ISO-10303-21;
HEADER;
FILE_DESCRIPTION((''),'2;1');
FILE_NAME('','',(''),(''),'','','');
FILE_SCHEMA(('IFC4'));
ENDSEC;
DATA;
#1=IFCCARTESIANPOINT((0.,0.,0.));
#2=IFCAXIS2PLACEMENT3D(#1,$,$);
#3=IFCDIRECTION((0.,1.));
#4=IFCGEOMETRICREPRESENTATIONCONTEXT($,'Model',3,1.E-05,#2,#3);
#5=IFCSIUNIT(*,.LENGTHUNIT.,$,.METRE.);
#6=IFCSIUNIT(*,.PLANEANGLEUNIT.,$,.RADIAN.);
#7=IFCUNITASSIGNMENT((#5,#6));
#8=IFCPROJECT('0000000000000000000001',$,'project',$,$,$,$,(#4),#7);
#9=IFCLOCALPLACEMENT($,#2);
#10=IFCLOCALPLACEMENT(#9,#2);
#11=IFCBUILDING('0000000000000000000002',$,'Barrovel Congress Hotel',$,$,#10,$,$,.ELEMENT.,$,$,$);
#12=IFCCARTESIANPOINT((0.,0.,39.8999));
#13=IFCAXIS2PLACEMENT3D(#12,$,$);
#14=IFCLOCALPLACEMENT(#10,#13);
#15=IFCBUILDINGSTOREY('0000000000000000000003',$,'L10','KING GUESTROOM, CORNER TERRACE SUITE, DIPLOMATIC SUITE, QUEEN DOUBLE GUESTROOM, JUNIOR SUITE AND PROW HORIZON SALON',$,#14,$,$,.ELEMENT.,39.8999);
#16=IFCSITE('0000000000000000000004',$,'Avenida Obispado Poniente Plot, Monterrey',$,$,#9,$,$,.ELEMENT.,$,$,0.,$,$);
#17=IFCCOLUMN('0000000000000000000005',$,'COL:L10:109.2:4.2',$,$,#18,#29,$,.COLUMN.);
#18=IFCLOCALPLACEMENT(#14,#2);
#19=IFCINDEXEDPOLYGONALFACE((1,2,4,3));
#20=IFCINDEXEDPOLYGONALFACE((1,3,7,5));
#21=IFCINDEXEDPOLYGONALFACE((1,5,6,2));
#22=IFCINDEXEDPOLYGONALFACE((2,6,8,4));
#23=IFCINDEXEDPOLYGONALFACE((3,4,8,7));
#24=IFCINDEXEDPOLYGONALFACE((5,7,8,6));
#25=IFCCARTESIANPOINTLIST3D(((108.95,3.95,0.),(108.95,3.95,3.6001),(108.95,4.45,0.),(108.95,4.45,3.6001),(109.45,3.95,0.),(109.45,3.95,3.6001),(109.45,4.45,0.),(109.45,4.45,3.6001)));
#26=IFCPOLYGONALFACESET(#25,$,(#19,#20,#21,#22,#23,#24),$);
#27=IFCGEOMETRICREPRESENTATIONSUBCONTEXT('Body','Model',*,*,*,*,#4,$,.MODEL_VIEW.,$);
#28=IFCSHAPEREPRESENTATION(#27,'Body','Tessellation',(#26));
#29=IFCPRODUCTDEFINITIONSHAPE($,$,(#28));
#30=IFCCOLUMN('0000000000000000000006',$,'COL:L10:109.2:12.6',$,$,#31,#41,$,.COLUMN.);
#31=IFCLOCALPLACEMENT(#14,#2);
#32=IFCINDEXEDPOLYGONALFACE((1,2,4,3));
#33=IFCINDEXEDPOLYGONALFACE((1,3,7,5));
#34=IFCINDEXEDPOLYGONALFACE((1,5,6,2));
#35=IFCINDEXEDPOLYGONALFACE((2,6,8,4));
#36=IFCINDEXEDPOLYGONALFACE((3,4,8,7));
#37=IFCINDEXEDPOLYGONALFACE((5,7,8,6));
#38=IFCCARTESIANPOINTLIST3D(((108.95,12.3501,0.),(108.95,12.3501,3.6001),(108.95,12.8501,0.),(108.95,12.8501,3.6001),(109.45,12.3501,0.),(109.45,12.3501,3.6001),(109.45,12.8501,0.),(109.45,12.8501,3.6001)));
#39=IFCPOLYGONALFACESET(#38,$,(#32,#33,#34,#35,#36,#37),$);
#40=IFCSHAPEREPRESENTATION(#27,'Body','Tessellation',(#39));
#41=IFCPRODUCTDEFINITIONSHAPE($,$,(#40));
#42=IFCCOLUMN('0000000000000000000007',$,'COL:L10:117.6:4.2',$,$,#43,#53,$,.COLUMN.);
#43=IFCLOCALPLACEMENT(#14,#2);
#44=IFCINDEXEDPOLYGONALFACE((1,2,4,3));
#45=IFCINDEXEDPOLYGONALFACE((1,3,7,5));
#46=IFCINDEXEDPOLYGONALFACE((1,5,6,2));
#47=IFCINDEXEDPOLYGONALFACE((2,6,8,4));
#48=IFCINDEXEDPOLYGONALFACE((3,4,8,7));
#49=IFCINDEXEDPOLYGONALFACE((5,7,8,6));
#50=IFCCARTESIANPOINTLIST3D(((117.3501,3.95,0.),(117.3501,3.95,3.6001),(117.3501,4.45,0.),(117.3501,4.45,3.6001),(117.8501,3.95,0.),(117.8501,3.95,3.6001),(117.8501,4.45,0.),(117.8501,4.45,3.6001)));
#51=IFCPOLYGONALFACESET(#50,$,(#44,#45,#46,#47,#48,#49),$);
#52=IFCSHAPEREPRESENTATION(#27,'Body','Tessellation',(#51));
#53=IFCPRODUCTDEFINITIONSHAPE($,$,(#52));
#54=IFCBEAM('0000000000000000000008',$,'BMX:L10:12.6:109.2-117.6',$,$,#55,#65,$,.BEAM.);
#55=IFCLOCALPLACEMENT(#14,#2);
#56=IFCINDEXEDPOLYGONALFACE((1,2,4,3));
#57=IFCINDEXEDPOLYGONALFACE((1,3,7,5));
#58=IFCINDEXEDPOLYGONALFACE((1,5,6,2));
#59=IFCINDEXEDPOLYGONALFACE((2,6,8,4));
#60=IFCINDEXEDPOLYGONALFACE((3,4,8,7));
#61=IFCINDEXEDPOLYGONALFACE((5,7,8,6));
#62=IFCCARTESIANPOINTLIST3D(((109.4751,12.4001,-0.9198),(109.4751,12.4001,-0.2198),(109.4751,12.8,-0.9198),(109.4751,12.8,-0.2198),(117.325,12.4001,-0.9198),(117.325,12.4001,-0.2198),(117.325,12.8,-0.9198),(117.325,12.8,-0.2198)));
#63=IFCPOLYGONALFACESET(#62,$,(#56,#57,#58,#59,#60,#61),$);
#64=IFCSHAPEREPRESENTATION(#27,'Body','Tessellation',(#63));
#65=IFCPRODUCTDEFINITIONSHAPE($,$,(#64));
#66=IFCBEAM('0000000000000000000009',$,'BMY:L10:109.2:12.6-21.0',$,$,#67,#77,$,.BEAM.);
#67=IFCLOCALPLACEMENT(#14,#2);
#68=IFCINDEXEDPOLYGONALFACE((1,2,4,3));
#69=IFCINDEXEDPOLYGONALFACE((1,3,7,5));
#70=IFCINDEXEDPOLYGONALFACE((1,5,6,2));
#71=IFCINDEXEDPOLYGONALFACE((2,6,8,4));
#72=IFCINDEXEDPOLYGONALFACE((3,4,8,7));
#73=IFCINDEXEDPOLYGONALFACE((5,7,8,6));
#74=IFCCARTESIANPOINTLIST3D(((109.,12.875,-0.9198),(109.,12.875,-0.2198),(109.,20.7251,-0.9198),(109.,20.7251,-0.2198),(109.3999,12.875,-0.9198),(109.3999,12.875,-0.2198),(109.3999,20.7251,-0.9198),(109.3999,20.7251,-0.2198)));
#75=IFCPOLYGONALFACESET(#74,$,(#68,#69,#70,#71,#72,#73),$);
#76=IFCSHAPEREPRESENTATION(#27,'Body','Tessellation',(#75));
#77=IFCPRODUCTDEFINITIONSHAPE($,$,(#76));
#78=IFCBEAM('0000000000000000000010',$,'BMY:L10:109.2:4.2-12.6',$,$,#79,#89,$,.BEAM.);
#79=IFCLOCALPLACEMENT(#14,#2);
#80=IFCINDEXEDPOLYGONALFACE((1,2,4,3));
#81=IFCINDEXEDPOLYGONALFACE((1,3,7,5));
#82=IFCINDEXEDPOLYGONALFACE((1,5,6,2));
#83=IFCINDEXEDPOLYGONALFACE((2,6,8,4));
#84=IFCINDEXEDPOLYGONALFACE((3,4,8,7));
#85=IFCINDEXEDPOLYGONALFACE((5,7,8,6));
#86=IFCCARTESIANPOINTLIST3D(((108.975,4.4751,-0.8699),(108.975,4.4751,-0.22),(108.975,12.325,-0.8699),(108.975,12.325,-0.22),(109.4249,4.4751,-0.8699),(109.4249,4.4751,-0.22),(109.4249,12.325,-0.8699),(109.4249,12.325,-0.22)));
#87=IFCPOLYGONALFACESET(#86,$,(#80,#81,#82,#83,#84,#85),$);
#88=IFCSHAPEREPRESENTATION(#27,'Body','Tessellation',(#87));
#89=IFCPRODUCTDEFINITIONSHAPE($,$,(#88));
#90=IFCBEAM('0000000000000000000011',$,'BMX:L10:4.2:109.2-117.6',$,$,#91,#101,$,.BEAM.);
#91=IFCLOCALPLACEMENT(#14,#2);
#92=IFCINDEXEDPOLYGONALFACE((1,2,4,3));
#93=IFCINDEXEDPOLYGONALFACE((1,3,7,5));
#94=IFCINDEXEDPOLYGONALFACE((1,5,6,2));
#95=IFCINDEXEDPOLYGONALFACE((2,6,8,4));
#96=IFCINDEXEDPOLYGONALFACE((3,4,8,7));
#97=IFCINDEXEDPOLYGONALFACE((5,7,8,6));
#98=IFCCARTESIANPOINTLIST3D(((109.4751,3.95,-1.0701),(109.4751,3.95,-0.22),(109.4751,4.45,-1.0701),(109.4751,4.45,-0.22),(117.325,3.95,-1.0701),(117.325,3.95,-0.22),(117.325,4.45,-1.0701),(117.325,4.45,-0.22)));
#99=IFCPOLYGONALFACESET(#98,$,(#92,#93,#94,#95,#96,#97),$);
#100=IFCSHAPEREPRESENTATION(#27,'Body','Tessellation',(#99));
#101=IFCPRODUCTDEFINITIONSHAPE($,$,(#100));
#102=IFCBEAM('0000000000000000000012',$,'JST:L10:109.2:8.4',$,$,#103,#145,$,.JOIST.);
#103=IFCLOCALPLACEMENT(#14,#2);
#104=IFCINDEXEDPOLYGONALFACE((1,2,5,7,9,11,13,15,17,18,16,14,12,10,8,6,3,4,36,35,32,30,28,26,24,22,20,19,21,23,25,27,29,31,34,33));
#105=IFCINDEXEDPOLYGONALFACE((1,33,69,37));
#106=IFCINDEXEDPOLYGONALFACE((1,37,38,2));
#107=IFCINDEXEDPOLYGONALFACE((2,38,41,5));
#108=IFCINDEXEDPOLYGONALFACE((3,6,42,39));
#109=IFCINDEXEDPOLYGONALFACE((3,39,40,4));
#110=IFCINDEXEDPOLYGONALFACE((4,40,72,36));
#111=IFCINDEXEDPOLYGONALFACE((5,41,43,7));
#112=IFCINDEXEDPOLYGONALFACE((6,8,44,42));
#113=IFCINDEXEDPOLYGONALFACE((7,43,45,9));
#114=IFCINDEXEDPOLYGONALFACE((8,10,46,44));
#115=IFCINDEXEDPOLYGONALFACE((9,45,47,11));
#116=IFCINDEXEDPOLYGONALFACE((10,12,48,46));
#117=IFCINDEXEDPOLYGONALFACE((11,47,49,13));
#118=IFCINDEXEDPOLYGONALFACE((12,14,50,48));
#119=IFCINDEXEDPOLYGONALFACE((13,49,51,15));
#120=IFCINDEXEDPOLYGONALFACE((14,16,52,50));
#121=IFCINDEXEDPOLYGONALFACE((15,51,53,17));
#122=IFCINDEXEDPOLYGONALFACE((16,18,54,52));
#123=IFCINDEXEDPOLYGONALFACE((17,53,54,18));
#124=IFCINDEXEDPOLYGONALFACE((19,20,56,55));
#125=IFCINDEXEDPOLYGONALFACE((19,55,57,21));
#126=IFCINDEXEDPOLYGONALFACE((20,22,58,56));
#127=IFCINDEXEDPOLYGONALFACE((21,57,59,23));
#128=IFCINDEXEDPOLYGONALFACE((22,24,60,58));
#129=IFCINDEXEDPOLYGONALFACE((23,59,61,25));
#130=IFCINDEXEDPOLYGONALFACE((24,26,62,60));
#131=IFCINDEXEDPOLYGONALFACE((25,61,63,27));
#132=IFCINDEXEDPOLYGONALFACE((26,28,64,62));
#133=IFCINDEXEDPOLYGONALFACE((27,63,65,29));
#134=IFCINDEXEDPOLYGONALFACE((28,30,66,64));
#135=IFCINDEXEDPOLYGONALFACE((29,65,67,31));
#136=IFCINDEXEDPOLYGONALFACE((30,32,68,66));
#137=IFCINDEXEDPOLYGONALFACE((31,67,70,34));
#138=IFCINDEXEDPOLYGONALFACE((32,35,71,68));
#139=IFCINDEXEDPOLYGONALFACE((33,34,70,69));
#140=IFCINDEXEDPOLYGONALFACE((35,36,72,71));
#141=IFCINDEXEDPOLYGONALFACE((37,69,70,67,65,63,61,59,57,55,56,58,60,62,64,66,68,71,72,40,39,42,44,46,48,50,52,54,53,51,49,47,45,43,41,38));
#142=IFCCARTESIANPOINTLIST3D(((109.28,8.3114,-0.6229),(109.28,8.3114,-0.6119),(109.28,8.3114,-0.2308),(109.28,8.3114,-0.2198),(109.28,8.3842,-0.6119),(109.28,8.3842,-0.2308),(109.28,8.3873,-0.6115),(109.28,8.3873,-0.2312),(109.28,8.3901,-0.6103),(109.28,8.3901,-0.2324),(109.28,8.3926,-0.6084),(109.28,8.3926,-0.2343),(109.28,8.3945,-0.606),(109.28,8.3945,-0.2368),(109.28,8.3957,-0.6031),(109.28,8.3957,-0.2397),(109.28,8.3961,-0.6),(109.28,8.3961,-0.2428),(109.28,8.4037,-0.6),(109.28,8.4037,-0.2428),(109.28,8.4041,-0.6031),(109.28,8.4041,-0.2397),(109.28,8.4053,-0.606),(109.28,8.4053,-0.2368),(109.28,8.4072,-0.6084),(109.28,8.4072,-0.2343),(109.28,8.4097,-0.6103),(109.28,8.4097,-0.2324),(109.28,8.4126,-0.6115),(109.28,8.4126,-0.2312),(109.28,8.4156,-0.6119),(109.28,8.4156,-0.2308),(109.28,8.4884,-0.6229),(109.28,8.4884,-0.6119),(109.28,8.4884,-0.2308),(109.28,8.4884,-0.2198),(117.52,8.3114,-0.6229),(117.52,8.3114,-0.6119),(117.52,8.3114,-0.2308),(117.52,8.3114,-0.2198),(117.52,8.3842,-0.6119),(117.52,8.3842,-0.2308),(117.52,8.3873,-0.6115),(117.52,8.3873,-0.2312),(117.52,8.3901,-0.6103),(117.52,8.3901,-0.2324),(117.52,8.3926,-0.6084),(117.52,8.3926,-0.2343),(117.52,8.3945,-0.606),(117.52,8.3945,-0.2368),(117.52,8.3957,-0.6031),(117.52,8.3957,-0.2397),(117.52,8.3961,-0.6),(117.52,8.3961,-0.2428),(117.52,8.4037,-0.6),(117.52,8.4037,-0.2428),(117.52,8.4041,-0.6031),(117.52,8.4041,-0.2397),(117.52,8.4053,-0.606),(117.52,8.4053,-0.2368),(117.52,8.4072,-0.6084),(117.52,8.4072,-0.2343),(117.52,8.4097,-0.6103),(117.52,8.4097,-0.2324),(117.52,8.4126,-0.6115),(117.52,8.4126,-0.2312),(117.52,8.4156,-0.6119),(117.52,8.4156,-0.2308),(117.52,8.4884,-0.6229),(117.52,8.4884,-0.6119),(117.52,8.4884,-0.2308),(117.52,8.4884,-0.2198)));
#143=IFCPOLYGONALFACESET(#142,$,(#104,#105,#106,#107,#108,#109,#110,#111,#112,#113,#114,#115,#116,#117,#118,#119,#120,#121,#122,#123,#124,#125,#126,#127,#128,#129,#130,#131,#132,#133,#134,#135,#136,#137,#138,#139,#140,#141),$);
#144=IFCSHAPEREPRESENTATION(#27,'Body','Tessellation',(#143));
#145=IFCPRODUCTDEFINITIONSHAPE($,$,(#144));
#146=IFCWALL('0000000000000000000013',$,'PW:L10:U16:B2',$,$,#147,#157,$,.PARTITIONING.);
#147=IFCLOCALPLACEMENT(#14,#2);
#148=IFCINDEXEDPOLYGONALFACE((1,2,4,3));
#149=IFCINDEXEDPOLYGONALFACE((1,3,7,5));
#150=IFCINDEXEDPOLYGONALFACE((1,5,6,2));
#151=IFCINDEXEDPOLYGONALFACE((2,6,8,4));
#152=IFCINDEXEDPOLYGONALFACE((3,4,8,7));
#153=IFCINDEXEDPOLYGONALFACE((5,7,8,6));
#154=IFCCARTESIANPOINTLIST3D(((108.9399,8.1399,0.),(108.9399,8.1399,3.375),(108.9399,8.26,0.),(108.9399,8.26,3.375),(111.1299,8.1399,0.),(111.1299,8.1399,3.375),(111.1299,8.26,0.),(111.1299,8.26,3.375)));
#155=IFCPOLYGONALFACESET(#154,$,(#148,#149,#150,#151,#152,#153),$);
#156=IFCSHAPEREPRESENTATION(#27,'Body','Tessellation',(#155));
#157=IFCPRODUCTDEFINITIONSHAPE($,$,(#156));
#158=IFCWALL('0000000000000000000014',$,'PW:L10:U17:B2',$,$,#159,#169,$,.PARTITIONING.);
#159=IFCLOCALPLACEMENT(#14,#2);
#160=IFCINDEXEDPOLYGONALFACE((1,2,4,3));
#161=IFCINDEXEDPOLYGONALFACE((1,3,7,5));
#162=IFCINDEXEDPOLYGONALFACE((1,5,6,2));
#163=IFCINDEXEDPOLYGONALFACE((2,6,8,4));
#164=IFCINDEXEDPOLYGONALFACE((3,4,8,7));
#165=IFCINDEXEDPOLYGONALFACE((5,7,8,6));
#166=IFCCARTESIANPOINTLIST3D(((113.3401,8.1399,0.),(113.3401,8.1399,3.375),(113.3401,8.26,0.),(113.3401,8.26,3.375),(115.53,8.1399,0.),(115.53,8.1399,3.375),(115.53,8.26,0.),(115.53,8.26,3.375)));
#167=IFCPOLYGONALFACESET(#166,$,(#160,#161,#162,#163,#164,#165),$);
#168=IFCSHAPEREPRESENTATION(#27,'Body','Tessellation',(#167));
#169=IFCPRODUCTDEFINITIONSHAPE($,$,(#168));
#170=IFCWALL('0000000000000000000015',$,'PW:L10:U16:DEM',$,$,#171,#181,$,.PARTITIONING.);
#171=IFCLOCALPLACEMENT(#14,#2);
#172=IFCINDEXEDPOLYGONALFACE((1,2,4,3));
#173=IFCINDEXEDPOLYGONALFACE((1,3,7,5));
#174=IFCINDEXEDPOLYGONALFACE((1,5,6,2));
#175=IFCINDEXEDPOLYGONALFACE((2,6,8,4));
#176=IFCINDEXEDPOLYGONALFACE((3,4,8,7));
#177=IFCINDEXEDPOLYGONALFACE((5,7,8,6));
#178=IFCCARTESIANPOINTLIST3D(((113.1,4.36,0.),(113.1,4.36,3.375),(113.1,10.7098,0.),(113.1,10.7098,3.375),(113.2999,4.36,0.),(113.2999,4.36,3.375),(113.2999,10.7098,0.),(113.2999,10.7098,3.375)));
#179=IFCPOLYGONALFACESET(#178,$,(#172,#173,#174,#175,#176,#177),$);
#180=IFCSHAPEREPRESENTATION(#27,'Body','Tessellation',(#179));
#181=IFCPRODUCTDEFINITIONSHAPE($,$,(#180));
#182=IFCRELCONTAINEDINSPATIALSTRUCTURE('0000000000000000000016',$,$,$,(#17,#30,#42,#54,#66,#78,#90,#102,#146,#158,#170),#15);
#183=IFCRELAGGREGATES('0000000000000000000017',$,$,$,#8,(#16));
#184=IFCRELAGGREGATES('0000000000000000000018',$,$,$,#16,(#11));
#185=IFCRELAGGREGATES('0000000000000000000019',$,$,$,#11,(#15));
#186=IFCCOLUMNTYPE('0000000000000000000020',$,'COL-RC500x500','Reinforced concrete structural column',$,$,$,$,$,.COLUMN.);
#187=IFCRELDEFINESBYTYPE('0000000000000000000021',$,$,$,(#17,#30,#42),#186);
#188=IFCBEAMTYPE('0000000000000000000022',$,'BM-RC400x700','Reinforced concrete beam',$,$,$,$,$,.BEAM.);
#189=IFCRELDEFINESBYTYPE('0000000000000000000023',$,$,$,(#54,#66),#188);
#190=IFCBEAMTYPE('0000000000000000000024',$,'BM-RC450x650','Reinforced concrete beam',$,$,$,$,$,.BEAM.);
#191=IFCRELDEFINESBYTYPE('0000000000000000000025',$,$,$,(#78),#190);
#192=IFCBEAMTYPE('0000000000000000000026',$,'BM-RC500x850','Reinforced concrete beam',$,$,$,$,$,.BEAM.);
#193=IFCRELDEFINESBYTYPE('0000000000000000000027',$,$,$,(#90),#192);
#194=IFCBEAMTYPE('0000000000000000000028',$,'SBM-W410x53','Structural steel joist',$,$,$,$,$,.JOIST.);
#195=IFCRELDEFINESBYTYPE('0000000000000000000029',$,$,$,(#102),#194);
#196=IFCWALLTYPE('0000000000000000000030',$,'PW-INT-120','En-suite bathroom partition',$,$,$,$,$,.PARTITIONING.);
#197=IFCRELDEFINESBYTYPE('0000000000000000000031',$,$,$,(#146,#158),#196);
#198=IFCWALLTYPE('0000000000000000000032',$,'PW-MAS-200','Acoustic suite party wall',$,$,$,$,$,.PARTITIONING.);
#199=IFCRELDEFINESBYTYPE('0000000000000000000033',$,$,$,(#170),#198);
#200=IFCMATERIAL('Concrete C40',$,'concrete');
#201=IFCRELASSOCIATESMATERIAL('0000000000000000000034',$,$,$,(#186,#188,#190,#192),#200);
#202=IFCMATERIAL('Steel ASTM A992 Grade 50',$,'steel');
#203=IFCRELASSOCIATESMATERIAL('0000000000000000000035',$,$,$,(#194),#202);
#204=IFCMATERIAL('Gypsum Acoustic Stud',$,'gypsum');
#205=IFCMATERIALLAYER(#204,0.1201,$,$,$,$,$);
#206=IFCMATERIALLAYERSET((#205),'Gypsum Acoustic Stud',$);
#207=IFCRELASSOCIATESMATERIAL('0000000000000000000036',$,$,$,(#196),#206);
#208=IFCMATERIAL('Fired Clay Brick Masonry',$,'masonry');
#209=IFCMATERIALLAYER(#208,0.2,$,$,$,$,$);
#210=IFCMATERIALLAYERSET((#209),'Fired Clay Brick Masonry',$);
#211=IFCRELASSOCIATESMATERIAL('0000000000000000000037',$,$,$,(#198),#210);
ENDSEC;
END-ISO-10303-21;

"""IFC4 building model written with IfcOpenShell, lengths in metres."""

from ifc_helpers import new_model, si_unit, direction, frame, frame_2d, origin, origin_2d, place, context, subcontext, project, spatial, rectangle, i_section, extrude, material, layer, layer_set, material_profile, profile_set, type_object, element, save


model = new_model("IFC4")

# Units and contexts
model_context = context("Model", 3, precision=1e-05, world=origin(), true_north=direction((0.0, 1.0)))
body_context = subcontext(model_context, "Body", "Model", "MODEL_VIEW")
ifc_project = project(units=[si_unit("LENGTHUNIT", "METRE"), si_unit("PLANEANGLEUNIT", "RADIAN")], contexts=[model_context])

# Site, building, storey
site_placement = place(None, origin())
site = spatial("IfcSite", under=ifc_project, at=site_placement, Name="Avenida Obispado Poniente Plot, Monterrey", CompositionType="ELEMENT", RefElevation=0.0)
building_placement = place(site_placement, origin())
building = spatial("IfcBuilding", under=site, at=building_placement, Name="Barrovel Congress Hotel", CompositionType="ELEMENT")
storey_placement = place(building_placement, frame((0.0, 0.0, 39.8999)))
storey = spatial("IfcBuildingStorey", under=building, at=storey_placement, Name="L10", Description="KING GUESTROOM, CORNER TERRACE SUITE, DIPLOMATIC SUITE, QUEEN DOUBLE GUESTROOM, JUNIOR SUITE AND PROW HORIZON SALON", CompositionType="ELEMENT", Elevation=39.8999)

# Columns
ifc_material_1 = material(Name="Concrete C40", Category="concrete")
ifc_material_profile_1 = material_profile(ifc_material_1, rectangle(XDim=0.5, YDim=0.5, at=origin_2d()), Name="RC500x500")
ifc_profile_set_1 = profile_set([ifc_material_profile_1], Name="Concrete C40")
column_type = type_object("IfcColumnType", Name="COL-RC500x500", Description="Reinforced concrete structural column", PredefinedType="COLUMN", material=ifc_profile_set_1)
for number, where, z_axis, x_axis, name in (
    (1, (109.2, 4.2, 0.0), (0.0, 0.0, 1.0), (1.0, 0.0, 0.0), "COL:L10:109.2:4.2"),
    (2, (109.2, 12.6001, 0.0), (0.0, 0.0, 1.0), (1.0, 0.0, 0.0), "COL:L10:109.2:12.6"),
    (3, (117.6001, 4.2, 0.0), (0.0, 0.0, 1.0), (1.0, 0.0, 0.0), "COL:L10:117.6:4.2"),
):
    element("IfcColumn", number, at=place(storey_placement, frame(where, z_axis=z_axis, x_axis=x_axis)), inside=storey, type_object=column_type, Name=name, PredefinedType="COLUMN", context=body_context, shape_type="SweptSolid", body=[
        extrude(rectangle(XDim=0.5, YDim=0.5, at=origin_2d()), origin(), (0.0, 0.0, 1.0), 3.6001),
    ])

# Beams
ifc_material_profile_2 = material_profile(ifc_material_1, rectangle(XDim=0.3999, YDim=0.7, at=origin_2d()), Name="RC400x700")
ifc_profile_set_2 = profile_set([ifc_material_profile_2], Name="Concrete C40")
beam_type_1 = type_object("IfcBeamType", Name="BM-RC400x700", Description="Reinforced concrete beam", PredefinedType="BEAM", material=ifc_profile_set_2)
beam_1_placement = place(storey_placement, frame((109.4751, 12.6001, -0.5698), z_axis=(1.0, 0.0, 0.0), x_axis=(0.0, 1.0, 0.0)))
element("IfcBeam", 4, at=beam_1_placement, inside=storey, type_object=beam_type_1, Name="BMX:L10:12.6:109.2-117.6", PredefinedType="BEAM", context=body_context, shape_type="SweptSolid", body=[
    extrude(rectangle(XDim=0.3999, YDim=0.7, at=origin_2d()), origin(), (0.0, 0.0, 1.0), 7.8499),
])
beam_2_placement = place(storey_placement, frame((109.2, 12.875, -0.5698), z_axis=(0.0, 1.0, 0.0), x_axis=(-1.0, 0.0, 0.0)))
element("IfcBeam", 5, at=beam_2_placement, inside=storey, type_object=beam_type_1, Name="BMY:L10:109.2:12.6-21.0", PredefinedType="BEAM", context=body_context, shape_type="SweptSolid", body=[
    extrude(rectangle(XDim=0.3999, YDim=0.7, at=origin_2d()), origin(), (0.0, 0.0, 1.0), 7.8501),
])
ifc_material_profile_3 = material_profile(ifc_material_1, rectangle(XDim=0.45, YDim=0.6499, at=origin_2d()), Name="RC450x650")
ifc_profile_set_3 = profile_set([ifc_material_profile_3], Name="Concrete C40")
beam_type_2 = type_object("IfcBeamType", Name="BM-RC450x650", Description="Reinforced concrete beam", PredefinedType="BEAM", material=ifc_profile_set_3)
beam_3_placement = place(storey_placement, frame((109.2, 4.4751, -0.5449), z_axis=(0.0, 1.0, 0.0), x_axis=(-1.0, 0.0, 0.0)))
element("IfcBeam", 6, at=beam_3_placement, inside=storey, type_object=beam_type_2, Name="BMY:L10:109.2:4.2-12.6", PredefinedType="BEAM", context=body_context, shape_type="SweptSolid", body=[
    extrude(rectangle(XDim=0.45, YDim=0.6499, at=origin_2d()), origin(), (0.0, 0.0, 1.0), 7.8499),
])
ifc_material_profile_4 = material_profile(ifc_material_1, rectangle(XDim=0.5, YDim=0.8501, at=origin_2d()), Name="RC500x850")
ifc_profile_set_4 = profile_set([ifc_material_profile_4], Name="Concrete C40")
beam_type_3 = type_object("IfcBeamType", Name="BM-RC500x850", Description="Reinforced concrete beam", PredefinedType="BEAM", material=ifc_profile_set_4)
beam_4_placement = place(storey_placement, frame((109.4751, 4.2, -0.645), z_axis=(1.0, 0.0, 0.0), x_axis=(0.0, 1.0, 0.0)))
element("IfcBeam", 7, at=beam_4_placement, inside=storey, type_object=beam_type_3, Name="BMX:L10:4.2:109.2-117.6", PredefinedType="BEAM", context=body_context, shape_type="SweptSolid", body=[
    extrude(rectangle(XDim=0.5, YDim=0.8501, at=origin_2d()), origin(), (0.0, 0.0, 1.0), 7.8499),
])
ifc_material_2 = material(Name="Steel ASTM A992 Grade 50", Category="steel")
ifc_material_profile_5 = material_profile(ifc_material_2, i_section(OverallWidth=0.177, OverallDepth=0.4031, WebThickness=0.0076, FlangeThickness=0.011, FilletRadius=0.012, at=origin_2d()), Name="W410x53")
ifc_profile_set_5 = profile_set([ifc_material_profile_5], Name="Steel ASTM A992 Grade 50")
beam_type_4 = type_object("IfcBeamType", Name="SBM-W410x53", Description="Structural steel joist", PredefinedType="JOIST", material=ifc_profile_set_5)
beam_5_placement = place(storey_placement, frame((109.28, 8.3999, -0.4214), z_axis=(1.0, 0.0, 0.0), x_axis=(0.0, 1.0, 0.0)))
element("IfcBeam", 8, at=beam_5_placement, inside=storey, type_object=beam_type_4, Name="JST:L10:109.2:8.4", PredefinedType="JOIST", context=body_context, shape_type="SweptSolid", body=[
    extrude(i_section(OverallWidth=0.177, OverallDepth=0.4031, WebThickness=0.0076, FlangeThickness=0.011, FilletRadius=0.012, at=origin_2d()), origin(), (0.0, 0.0, 1.0), 8.24),
])

# Shared definitions
ifc_material_3 = material(Name="Gypsum Acoustic Stud", Category="gypsum")

# Walls
ifc_layer_1 = layer(ifc_material_3, 0.1201)
ifc_layer_set_1 = layer_set([ifc_layer_1], Name="Gypsum Acoustic Stud")
wall_type_1 = type_object("IfcWallType", Name="PW-INT-120", Description="En-suite bathroom partition", PredefinedType="PARTITIONING", material=ifc_layer_set_1)
for number, where, z_axis, x_axis, name in (
    (9, (108.9399, 8.2, 0.0), (0.0, 0.0, 1.0), (1.0, 0.0, 0.0), "PW:L10:U16:B2"),
    (10, (113.3401, 8.2, 0.0), (0.0, 0.0, 1.0), (1.0, 0.0, 0.0), "PW:L10:U17:B2"),
):
    element("IfcWall", number, at=place(storey_placement, frame(where, z_axis=z_axis, x_axis=x_axis)), inside=storey, type_object=wall_type_1, Name=name, PredefinedType="PARTITIONING", context=body_context, shape_type="SweptSolid", body=[
        extrude(rectangle(XDim=2.1899, YDim=0.1201, at=frame_2d((1.095, 0.0))), origin(), (0.0, 0.0, 1.0), 3.375),
    ])
ifc_material_4 = material(Name="Fired Clay Brick Masonry", Category="masonry")
ifc_layer_2 = layer(ifc_material_4, 0.2)
ifc_layer_set_2 = layer_set([ifc_layer_2], Name="Fired Clay Brick Masonry")
wall_type_2 = type_object("IfcWallType", Name="PW-MAS-200", Description="Acoustic suite party wall", PredefinedType="PARTITIONING", material=ifc_layer_set_2)
wall_1_placement = place(storey_placement, frame((113.2, 4.3601, 0.0), z_axis=(0.0, 0.0, 1.0), x_axis=(0.0, 1.0, 0.0)))
element("IfcWall", 11, at=wall_1_placement, inside=storey, type_object=wall_type_2, Name="PW:L10:U16:DEM", PredefinedType="PARTITIONING", context=body_context, shape_type="SweptSolid", body=[
    extrude(rectangle(XDim=6.3499, YDim=0.2, at=frame_2d((3.1748, 0.0))), origin(), (0.0, 0.0, 1.0), 3.375),
])

save(model, "model.ifc")
